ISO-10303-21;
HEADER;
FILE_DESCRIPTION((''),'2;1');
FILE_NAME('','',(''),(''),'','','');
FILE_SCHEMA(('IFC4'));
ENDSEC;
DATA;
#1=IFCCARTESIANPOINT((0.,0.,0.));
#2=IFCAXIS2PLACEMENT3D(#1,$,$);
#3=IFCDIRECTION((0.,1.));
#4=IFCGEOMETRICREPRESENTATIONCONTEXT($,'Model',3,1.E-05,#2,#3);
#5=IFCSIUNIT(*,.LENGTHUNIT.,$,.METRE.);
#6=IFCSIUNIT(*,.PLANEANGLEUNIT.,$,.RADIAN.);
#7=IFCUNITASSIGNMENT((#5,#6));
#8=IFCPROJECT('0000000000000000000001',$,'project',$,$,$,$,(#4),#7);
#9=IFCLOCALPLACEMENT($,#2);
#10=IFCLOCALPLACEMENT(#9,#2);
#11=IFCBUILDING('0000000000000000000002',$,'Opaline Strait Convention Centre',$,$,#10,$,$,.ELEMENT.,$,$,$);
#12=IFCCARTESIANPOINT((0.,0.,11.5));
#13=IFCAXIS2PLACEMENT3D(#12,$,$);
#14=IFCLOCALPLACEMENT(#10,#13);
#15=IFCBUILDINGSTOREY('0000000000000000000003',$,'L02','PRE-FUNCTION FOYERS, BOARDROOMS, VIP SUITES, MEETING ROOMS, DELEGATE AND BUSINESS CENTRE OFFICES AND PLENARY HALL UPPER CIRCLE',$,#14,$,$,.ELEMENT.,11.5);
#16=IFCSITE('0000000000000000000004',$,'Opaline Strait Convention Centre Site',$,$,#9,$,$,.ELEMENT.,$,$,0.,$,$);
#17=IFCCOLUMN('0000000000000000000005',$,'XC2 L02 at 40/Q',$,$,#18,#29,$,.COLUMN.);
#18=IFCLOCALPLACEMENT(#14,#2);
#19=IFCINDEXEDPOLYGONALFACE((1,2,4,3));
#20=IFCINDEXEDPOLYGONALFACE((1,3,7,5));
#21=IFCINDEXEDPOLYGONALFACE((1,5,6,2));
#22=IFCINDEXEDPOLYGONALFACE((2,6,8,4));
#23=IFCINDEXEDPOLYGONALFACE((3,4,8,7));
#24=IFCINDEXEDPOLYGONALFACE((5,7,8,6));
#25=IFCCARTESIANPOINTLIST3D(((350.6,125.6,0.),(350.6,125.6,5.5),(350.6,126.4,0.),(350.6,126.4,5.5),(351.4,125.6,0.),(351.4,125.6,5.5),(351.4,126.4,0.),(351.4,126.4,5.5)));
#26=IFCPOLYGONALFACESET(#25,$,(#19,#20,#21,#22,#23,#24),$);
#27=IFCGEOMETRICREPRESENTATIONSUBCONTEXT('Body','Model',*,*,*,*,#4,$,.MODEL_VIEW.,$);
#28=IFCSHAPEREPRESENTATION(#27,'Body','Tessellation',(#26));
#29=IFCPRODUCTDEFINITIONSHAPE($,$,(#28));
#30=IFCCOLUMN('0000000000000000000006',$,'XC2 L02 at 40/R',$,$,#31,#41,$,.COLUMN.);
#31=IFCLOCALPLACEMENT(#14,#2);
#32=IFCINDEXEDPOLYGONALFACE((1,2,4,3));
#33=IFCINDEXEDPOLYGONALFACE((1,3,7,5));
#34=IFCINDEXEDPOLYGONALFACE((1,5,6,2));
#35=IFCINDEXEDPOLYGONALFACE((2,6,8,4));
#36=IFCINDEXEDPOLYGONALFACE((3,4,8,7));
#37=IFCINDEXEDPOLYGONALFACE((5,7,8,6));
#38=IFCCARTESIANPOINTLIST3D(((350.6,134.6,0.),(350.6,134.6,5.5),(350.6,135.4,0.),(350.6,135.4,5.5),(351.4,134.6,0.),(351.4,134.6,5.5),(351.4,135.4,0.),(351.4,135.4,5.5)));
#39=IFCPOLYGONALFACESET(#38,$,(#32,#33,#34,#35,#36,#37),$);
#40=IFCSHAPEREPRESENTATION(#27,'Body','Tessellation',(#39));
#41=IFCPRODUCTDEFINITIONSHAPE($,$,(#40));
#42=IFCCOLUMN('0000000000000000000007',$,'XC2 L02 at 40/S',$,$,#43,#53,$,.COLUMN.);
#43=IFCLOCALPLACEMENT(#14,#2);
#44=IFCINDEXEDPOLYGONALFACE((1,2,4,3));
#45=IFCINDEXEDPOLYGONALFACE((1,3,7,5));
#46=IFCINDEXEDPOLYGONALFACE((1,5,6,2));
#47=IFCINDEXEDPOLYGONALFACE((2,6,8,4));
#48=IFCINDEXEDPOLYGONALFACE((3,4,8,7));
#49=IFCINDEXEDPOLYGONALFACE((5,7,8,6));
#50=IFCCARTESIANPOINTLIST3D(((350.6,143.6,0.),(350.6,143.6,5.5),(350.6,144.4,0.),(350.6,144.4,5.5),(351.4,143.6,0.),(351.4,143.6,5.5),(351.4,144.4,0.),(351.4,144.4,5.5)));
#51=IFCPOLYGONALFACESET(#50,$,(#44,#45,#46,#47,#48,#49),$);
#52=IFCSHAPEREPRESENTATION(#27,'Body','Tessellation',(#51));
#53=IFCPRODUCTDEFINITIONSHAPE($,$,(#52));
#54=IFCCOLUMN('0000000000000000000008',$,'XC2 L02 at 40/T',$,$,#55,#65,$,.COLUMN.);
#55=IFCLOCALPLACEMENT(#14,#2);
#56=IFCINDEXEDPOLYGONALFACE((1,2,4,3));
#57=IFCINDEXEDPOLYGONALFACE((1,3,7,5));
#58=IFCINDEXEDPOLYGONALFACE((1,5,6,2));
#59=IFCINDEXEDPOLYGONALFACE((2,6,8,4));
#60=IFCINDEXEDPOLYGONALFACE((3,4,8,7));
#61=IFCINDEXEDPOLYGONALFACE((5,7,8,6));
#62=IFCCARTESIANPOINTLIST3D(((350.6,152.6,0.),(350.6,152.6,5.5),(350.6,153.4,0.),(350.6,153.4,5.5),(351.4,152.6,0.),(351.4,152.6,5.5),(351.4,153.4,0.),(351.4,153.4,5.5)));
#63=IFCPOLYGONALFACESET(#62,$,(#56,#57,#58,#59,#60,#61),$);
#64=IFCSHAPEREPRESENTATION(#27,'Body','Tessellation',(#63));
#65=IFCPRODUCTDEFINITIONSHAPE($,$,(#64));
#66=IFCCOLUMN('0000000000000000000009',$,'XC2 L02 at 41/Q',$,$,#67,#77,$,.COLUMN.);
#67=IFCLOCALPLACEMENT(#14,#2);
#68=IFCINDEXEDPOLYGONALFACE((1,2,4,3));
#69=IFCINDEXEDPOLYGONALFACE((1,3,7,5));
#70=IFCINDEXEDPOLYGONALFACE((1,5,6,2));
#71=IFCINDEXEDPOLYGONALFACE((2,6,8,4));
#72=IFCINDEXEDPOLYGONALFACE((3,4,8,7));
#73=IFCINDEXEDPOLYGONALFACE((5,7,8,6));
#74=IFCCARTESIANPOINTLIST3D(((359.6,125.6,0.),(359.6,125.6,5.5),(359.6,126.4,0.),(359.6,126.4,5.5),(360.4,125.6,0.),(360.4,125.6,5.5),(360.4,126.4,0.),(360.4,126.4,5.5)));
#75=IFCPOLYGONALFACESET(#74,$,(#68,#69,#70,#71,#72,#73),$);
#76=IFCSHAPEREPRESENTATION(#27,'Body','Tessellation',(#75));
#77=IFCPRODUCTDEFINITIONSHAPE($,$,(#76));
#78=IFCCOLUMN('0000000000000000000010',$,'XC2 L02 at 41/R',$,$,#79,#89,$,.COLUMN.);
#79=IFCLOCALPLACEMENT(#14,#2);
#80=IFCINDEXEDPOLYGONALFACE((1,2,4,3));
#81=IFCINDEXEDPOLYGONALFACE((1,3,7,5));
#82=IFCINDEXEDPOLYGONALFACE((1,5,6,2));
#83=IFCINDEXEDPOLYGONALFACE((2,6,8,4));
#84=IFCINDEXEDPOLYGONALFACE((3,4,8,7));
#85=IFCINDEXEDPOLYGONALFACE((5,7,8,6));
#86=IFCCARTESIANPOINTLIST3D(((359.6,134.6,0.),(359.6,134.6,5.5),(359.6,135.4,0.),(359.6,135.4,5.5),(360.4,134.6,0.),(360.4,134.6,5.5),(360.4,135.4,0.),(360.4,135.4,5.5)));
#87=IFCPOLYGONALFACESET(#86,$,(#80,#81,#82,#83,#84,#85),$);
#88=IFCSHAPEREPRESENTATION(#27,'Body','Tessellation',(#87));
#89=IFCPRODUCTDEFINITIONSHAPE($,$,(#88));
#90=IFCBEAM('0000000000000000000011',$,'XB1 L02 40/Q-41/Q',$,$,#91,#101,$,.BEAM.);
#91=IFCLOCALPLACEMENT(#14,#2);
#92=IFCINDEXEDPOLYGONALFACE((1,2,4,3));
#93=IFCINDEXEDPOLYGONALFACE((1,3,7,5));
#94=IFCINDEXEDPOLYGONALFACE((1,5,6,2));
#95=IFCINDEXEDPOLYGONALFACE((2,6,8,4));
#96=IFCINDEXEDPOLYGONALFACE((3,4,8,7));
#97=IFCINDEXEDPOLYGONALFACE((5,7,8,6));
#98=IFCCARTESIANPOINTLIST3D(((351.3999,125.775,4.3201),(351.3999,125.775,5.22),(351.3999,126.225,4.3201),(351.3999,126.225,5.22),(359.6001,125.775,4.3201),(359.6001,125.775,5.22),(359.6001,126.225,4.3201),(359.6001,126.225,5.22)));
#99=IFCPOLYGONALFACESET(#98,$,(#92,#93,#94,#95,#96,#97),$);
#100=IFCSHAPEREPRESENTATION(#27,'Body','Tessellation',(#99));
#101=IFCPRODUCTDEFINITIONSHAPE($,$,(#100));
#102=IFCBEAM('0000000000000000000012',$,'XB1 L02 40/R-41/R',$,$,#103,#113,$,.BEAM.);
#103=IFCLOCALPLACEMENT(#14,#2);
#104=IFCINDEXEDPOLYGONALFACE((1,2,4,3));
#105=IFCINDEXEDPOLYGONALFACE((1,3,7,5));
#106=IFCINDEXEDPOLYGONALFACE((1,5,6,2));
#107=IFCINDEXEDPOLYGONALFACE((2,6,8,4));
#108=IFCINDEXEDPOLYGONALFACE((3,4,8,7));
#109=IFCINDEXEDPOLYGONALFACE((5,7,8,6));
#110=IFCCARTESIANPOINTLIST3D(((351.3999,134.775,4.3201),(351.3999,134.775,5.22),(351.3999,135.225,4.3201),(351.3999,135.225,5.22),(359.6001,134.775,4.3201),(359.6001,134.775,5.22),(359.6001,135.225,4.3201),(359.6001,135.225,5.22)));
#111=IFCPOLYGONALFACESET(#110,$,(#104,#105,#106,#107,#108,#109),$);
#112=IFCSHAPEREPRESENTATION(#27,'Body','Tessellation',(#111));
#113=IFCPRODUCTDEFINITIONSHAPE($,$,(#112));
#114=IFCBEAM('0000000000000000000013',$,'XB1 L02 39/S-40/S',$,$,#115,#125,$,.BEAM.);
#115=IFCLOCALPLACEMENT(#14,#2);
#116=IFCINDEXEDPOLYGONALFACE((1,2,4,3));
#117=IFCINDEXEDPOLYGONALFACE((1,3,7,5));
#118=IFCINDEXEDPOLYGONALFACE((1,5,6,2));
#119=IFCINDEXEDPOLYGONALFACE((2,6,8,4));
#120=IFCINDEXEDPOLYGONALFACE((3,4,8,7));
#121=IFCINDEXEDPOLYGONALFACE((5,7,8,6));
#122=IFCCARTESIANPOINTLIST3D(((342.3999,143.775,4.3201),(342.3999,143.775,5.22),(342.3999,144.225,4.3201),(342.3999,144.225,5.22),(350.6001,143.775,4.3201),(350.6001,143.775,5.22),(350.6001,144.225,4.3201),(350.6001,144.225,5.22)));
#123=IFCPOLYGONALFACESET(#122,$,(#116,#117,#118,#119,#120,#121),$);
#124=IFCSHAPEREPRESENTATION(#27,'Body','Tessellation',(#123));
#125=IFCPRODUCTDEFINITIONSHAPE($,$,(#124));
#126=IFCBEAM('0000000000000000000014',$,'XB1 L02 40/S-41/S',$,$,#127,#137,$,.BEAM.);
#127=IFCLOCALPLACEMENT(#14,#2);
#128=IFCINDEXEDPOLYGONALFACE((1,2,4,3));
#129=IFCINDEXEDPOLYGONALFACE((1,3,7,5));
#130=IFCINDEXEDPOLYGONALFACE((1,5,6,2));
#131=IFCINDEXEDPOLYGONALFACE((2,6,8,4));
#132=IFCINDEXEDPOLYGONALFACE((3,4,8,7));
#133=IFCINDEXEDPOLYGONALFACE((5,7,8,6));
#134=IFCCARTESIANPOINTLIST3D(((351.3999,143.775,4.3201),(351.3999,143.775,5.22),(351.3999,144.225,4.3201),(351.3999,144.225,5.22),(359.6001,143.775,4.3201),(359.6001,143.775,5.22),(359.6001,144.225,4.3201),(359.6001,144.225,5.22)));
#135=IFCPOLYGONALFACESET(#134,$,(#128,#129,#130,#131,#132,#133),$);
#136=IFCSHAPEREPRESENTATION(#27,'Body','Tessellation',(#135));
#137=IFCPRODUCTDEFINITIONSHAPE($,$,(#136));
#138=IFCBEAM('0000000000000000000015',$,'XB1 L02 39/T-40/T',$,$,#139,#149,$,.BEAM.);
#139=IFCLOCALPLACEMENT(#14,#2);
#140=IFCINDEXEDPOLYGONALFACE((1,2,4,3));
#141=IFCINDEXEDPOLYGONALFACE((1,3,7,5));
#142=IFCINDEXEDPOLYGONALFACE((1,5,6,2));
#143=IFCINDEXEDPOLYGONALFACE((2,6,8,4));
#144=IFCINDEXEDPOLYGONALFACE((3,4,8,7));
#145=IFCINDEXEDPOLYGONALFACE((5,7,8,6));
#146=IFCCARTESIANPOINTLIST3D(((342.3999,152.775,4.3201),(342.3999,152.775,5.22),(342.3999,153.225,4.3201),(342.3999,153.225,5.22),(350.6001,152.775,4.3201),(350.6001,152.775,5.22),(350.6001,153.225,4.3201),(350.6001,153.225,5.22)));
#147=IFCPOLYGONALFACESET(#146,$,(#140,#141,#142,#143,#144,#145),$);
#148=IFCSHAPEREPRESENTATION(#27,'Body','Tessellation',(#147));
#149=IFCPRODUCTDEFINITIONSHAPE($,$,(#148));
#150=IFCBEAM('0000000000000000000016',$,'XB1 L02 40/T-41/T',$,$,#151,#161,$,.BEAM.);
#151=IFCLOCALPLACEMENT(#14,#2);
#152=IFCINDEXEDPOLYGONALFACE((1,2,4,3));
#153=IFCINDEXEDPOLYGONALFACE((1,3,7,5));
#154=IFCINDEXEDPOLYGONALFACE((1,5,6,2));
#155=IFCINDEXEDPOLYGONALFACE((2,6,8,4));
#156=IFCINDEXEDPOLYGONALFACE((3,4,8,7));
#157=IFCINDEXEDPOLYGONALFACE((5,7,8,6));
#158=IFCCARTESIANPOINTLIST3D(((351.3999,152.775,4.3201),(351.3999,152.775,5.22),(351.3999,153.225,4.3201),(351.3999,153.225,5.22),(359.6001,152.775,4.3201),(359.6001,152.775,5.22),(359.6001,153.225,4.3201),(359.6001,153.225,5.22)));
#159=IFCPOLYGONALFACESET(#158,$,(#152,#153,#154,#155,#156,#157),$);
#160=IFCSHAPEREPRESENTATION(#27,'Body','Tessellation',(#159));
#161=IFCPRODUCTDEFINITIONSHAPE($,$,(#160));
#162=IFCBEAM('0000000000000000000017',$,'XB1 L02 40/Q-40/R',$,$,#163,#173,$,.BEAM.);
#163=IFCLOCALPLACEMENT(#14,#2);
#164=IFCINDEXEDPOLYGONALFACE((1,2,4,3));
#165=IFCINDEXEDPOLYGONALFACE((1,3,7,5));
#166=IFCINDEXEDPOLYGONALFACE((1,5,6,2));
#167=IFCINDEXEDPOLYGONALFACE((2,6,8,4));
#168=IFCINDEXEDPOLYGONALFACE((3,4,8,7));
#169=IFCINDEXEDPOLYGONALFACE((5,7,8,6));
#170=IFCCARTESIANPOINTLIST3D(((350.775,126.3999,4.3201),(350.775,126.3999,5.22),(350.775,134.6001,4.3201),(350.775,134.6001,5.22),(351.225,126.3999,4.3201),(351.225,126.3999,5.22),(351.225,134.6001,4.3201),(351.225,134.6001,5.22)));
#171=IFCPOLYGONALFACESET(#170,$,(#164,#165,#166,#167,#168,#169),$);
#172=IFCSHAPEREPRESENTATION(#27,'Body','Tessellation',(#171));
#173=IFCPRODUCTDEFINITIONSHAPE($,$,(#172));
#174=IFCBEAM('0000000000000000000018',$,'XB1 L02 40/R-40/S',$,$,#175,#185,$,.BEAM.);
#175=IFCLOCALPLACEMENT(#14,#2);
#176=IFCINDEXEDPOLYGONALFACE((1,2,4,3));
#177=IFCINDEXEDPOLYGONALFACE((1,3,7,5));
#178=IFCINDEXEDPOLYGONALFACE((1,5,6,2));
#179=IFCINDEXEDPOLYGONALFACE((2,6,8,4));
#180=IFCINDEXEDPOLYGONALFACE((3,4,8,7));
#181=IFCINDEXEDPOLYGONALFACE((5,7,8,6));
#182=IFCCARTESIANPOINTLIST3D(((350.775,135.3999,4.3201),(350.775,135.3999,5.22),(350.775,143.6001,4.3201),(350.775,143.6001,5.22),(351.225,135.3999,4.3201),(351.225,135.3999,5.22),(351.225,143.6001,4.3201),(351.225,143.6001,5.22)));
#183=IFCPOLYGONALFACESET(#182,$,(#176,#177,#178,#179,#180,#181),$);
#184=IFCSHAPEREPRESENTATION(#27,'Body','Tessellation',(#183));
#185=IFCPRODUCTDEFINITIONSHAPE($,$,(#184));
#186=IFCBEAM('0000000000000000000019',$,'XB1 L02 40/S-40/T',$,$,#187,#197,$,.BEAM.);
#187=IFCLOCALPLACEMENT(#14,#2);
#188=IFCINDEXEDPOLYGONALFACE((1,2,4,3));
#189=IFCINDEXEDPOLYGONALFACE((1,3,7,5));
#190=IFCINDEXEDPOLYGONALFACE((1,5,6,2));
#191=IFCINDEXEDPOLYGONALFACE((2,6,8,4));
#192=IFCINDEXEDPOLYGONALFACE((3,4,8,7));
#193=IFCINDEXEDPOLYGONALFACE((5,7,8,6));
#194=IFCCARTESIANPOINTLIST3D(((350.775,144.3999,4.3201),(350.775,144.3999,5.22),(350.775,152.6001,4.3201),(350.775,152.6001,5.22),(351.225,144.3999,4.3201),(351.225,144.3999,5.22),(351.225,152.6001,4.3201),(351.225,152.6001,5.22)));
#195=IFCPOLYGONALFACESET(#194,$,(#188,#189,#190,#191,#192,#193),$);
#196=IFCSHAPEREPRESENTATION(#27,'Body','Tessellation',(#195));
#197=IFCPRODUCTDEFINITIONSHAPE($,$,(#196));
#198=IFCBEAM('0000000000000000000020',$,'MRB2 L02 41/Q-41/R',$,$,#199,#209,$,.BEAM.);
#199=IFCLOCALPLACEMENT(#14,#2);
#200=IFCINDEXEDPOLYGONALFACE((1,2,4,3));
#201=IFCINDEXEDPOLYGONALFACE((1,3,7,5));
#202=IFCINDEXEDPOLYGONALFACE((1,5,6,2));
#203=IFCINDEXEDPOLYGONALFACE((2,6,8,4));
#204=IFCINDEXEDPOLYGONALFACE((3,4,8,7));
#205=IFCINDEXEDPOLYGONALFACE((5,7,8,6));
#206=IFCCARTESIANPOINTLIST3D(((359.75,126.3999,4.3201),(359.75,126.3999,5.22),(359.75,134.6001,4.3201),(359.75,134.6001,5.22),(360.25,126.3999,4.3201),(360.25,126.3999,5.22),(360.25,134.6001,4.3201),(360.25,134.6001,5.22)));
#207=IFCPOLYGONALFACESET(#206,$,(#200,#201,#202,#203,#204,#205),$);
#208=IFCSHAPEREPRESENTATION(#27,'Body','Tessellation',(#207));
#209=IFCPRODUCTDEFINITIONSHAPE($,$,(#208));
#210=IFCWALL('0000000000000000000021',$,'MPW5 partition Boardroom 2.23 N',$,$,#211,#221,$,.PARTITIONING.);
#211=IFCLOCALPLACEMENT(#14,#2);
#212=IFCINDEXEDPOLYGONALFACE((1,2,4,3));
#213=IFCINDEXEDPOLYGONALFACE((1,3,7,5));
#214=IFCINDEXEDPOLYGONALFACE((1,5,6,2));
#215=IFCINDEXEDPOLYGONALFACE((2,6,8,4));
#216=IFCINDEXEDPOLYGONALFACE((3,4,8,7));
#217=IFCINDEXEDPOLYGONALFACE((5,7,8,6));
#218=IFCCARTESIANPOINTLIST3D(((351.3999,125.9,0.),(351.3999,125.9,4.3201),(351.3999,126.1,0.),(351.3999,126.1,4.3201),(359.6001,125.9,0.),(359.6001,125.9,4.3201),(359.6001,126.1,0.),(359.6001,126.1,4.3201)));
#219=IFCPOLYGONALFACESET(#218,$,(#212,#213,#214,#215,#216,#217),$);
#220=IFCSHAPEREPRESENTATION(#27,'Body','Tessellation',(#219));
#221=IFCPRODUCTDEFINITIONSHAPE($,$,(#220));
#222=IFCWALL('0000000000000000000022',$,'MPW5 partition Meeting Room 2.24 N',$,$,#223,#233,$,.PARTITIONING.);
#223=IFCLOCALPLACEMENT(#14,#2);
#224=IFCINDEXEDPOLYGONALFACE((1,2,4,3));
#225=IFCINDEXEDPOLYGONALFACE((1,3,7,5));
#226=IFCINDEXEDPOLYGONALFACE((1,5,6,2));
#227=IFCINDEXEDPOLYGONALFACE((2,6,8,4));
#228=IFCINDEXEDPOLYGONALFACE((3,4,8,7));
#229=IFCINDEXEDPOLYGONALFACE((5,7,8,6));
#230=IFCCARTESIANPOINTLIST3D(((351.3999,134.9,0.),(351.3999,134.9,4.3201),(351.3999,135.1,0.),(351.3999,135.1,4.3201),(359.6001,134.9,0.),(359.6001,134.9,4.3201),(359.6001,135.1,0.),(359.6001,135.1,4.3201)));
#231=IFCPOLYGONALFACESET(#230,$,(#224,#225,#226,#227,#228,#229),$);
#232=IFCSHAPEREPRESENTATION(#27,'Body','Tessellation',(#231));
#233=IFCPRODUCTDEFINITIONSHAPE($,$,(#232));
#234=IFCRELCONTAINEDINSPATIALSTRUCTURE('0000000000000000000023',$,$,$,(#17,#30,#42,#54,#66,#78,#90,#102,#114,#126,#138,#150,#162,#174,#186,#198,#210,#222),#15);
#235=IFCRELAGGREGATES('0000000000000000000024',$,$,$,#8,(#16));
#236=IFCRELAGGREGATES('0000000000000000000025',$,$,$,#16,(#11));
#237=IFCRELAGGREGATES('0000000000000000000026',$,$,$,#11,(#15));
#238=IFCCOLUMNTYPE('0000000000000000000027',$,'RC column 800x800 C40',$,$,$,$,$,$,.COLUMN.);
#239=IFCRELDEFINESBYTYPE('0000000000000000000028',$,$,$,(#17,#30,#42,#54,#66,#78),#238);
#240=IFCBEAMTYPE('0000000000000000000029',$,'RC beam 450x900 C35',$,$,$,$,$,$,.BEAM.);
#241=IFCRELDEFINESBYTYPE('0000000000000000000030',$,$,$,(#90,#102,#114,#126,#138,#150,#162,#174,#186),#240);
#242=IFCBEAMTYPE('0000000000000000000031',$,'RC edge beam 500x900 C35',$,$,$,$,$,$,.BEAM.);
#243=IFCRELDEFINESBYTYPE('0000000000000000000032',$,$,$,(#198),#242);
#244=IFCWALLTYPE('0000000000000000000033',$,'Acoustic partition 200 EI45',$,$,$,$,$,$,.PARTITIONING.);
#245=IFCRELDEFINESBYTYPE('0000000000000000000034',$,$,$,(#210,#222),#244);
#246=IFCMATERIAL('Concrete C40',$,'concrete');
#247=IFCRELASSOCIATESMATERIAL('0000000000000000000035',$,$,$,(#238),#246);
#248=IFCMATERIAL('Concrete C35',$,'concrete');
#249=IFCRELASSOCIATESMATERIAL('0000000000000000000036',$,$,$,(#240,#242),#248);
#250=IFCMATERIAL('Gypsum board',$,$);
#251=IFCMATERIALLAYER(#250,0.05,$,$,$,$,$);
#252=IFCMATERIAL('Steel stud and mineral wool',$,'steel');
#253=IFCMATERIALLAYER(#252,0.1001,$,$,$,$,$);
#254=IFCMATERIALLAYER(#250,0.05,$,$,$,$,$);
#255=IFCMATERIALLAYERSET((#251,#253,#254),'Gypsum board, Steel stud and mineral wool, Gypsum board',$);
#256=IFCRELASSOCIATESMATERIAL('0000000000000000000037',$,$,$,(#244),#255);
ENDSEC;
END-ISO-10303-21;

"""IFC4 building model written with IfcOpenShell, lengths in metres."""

from ifc_helpers import new_model, si_unit, direction, frame, frame_2d, origin, origin_2d, place, context, subcontext, project, spatial, rectangle, extrude, material, layer, layer_set, material_profile, profile_set, type_object, element, save


model = new_model("IFC4")

# Units and contexts
model_context = context("Model", 3, precision=1e-05, world=origin(), true_north=direction((0.0, 1.0)))
body_context = subcontext(model_context, "Body", "Model", "MODEL_VIEW")
ifc_project = project(units=[si_unit("LENGTHUNIT", "METRE"), si_unit("PLANEANGLEUNIT", "RADIAN")], contexts=[model_context])

# Site, building, storey
site_placement = place(None, origin())
site = spatial("IfcSite", under=ifc_project, at=site_placement, Name="Opaline Strait Convention Centre Site", CompositionType="ELEMENT", RefElevation=0.0)
building_placement = place(site_placement, origin())
building = spatial("IfcBuilding", under=site, at=building_placement, Name="Opaline Strait Convention Centre", CompositionType="ELEMENT")
storey_placement = place(building_placement, frame((0.0, 0.0, 11.5)))
storey = spatial("IfcBuildingStorey", under=building, at=storey_placement, Name="L02", Description="PRE-FUNCTION FOYERS, BOARDROOMS, VIP SUITES, MEETING ROOMS, DELEGATE AND BUSINESS CENTRE OFFICES AND PLENARY HALL UPPER CIRCLE", CompositionType="ELEMENT", Elevation=11.5)

# Columns
ifc_material_1 = material(Name="Concrete C40", Category="concrete")
ifc_material_profile_1 = material_profile(ifc_material_1, rectangle(XDim=0.8, YDim=0.8, at=origin_2d()), Name="RC 800x800")
ifc_profile_set_1 = profile_set([ifc_material_profile_1], Name="Concrete C40")
column_type = type_object("IfcColumnType", Name="RC column 800x800 C40", PredefinedType="COLUMN", material=ifc_profile_set_1)
for number, where, z_axis, x_axis, name in (
    (1, (351.0, 126.0, 0.0), (0.0, 0.0, 1.0), (1.0, 0.0, 0.0), "XC2 L02 at 40/Q"),
    (2, (351.0, 135.0, 0.0), (0.0, 0.0, 1.0), (1.0, 0.0, 0.0), "XC2 L02 at 40/R"),
    (3, (351.0, 144.0, 0.0), (0.0, 0.0, 1.0), (1.0, 0.0, 0.0), "XC2 L02 at 40/S"),
    (4, (351.0, 153.0, 0.0), (0.0, 0.0, 1.0), (1.0, 0.0, 0.0), "XC2 L02 at 40/T"),
    (5, (360.0, 126.0, 0.0), (0.0, 0.0, 1.0), (1.0, 0.0, 0.0), "XC2 L02 at 41/Q"),
    (6, (360.0, 135.0, 0.0), (0.0, 0.0, 1.0), (1.0, 0.0, 0.0), "XC2 L02 at 41/R"),
):
    element("IfcColumn", number, at=place(storey_placement, frame(where, z_axis=z_axis, x_axis=x_axis)), inside=storey, type_object=column_type, Name=name, PredefinedType="COLUMN", context=body_context, shape_type="SweptSolid", body=[
        extrude(rectangle(XDim=0.8, YDim=0.8, at=origin_2d()), origin(), (0.0, 0.0, 1.0), 5.5),
    ])

# Beams
ifc_material_2 = material(Name="Concrete C35", Category="concrete")
ifc_material_profile_2 = material_profile(ifc_material_2, rectangle(XDim=0.45, YDim=0.8999, at=origin_2d()), Name="RC 450x900")
ifc_profile_set_2 = profile_set([ifc_material_profile_2], Name="Concrete C35")
beam_type_1 = type_object("IfcBeamType", Name="RC beam 450x900 C35", PredefinedType="BEAM", material=ifc_profile_set_2)
for number, where, z_axis, x_axis, name in (
    (7, (351.3999, 126.0, 4.77), (1.0, 0.0, 0.0), (0.0, 1.0, 0.0), "XB1 L02 40/Q-41/Q"),
    (8, (351.3999, 135.0, 4.77), (1.0, 0.0, 0.0), (0.0, 1.0, 0.0), "XB1 L02 40/R-41/R"),
    (9, (342.3999, 144.0, 4.77), (1.0, 0.0, 0.0), (0.0, 1.0, 0.0), "XB1 L02 39/S-40/S"),
    (10, (351.3999, 144.0, 4.77), (1.0, 0.0, 0.0), (0.0, 1.0, 0.0), "XB1 L02 40/S-41/S"),
    (11, (342.3999, 153.0, 4.77), (1.0, 0.0, 0.0), (0.0, 1.0, 0.0), "XB1 L02 39/T-40/T"),
    (12, (351.3999, 153.0, 4.77), (1.0, 0.0, 0.0), (0.0, 1.0, 0.0), "XB1 L02 40/T-41/T"),
    (13, (351.0, 126.3999, 4.77), (0.0, 1.0, 0.0), (-1.0, 0.0, 0.0), "XB1 L02 40/Q-40/R"),
    (14, (351.0, 135.3999, 4.77), (0.0, 1.0, 0.0), (-1.0, 0.0, 0.0), "XB1 L02 40/R-40/S"),
    (15, (351.0, 144.3999, 4.77), (0.0, 1.0, 0.0), (-1.0, 0.0, 0.0), "XB1 L02 40/S-40/T"),
):
    element("IfcBeam", number, at=place(storey_placement, frame(where, z_axis=z_axis, x_axis=x_axis)), inside=storey, type_object=beam_type_1, Name=name, PredefinedType="BEAM", context=body_context, shape_type="SweptSolid", body=[
        extrude(rectangle(XDim=0.45, YDim=0.8999, at=origin_2d()), origin(), (0.0, 0.0, 1.0), 8.2002),
    ])
ifc_material_profile_3 = material_profile(ifc_material_2, rectangle(XDim=0.5, YDim=0.8999, at=origin_2d()), Name="RC 500x900")
ifc_profile_set_3 = profile_set([ifc_material_profile_3], Name="Concrete C35")
beam_type_2 = type_object("IfcBeamType", Name="RC edge beam 500x900 C35", PredefinedType="BEAM", material=ifc_profile_set_3)
beam_placement = place(storey_placement, frame((360.0, 126.3999, 4.77), z_axis=(0.0, 1.0, 0.0), x_axis=(-1.0, 0.0, 0.0)))
element("IfcBeam", 16, at=beam_placement, inside=storey, type_object=beam_type_2, Name="MRB2 L02 41/Q-41/R", PredefinedType="BEAM", context=body_context, shape_type="SweptSolid", body=[
    extrude(rectangle(XDim=0.5, YDim=0.8999, at=origin_2d()), origin(), (0.0, 0.0, 1.0), 8.2002),
])

# Walls
ifc_material_3 = material(Name="Gypsum board")
ifc_layer_1 = layer(ifc_material_3, 0.05)
ifc_material_4 = material(Name="Steel stud and mineral wool", Category="steel")
ifc_layer_2 = layer(ifc_material_4, 0.1001)
ifc_layer_3 = layer(ifc_material_3, 0.05)
ifc_layer_set_1 = layer_set([ifc_layer_1, ifc_layer_2, ifc_layer_3], Name="Gypsum board, Steel stud and mineral wool, Gypsum board")
wall_type_1 = type_object("IfcWallType", Name="Acoustic partition 200 EI45", PredefinedType="PARTITIONING", material=ifc_layer_set_1)
for number, where, z_axis, x_axis, name in (
    (17, (351.3999, 126.0, 0.0), (0.0, 0.0, 1.0), (1.0, 0.0, 0.0), "MPW5 partition Boardroom 2.23 N"),
    (18, (351.3999, 135.0, 0.0), (0.0, 0.0, 1.0), (1.0, 0.0, 0.0), "MPW5 partition Meeting Room 2.24 N"),
):
    element("IfcWall", number, at=place(storey_placement, frame(where, z_axis=z_axis, x_axis=x_axis)), inside=storey, type_object=wall_type_1, Name=name, PredefinedType="PARTITIONING", context=body_context, shape_type="SweptSolid", body=[
        extrude(rectangle(XDim=8.2002, YDim=0.2, at=frame_2d((4.1001, 0.0))), origin(), (0.0, 0.0, 1.0), 4.3201),
    ])

save(model, "model.ifc")
